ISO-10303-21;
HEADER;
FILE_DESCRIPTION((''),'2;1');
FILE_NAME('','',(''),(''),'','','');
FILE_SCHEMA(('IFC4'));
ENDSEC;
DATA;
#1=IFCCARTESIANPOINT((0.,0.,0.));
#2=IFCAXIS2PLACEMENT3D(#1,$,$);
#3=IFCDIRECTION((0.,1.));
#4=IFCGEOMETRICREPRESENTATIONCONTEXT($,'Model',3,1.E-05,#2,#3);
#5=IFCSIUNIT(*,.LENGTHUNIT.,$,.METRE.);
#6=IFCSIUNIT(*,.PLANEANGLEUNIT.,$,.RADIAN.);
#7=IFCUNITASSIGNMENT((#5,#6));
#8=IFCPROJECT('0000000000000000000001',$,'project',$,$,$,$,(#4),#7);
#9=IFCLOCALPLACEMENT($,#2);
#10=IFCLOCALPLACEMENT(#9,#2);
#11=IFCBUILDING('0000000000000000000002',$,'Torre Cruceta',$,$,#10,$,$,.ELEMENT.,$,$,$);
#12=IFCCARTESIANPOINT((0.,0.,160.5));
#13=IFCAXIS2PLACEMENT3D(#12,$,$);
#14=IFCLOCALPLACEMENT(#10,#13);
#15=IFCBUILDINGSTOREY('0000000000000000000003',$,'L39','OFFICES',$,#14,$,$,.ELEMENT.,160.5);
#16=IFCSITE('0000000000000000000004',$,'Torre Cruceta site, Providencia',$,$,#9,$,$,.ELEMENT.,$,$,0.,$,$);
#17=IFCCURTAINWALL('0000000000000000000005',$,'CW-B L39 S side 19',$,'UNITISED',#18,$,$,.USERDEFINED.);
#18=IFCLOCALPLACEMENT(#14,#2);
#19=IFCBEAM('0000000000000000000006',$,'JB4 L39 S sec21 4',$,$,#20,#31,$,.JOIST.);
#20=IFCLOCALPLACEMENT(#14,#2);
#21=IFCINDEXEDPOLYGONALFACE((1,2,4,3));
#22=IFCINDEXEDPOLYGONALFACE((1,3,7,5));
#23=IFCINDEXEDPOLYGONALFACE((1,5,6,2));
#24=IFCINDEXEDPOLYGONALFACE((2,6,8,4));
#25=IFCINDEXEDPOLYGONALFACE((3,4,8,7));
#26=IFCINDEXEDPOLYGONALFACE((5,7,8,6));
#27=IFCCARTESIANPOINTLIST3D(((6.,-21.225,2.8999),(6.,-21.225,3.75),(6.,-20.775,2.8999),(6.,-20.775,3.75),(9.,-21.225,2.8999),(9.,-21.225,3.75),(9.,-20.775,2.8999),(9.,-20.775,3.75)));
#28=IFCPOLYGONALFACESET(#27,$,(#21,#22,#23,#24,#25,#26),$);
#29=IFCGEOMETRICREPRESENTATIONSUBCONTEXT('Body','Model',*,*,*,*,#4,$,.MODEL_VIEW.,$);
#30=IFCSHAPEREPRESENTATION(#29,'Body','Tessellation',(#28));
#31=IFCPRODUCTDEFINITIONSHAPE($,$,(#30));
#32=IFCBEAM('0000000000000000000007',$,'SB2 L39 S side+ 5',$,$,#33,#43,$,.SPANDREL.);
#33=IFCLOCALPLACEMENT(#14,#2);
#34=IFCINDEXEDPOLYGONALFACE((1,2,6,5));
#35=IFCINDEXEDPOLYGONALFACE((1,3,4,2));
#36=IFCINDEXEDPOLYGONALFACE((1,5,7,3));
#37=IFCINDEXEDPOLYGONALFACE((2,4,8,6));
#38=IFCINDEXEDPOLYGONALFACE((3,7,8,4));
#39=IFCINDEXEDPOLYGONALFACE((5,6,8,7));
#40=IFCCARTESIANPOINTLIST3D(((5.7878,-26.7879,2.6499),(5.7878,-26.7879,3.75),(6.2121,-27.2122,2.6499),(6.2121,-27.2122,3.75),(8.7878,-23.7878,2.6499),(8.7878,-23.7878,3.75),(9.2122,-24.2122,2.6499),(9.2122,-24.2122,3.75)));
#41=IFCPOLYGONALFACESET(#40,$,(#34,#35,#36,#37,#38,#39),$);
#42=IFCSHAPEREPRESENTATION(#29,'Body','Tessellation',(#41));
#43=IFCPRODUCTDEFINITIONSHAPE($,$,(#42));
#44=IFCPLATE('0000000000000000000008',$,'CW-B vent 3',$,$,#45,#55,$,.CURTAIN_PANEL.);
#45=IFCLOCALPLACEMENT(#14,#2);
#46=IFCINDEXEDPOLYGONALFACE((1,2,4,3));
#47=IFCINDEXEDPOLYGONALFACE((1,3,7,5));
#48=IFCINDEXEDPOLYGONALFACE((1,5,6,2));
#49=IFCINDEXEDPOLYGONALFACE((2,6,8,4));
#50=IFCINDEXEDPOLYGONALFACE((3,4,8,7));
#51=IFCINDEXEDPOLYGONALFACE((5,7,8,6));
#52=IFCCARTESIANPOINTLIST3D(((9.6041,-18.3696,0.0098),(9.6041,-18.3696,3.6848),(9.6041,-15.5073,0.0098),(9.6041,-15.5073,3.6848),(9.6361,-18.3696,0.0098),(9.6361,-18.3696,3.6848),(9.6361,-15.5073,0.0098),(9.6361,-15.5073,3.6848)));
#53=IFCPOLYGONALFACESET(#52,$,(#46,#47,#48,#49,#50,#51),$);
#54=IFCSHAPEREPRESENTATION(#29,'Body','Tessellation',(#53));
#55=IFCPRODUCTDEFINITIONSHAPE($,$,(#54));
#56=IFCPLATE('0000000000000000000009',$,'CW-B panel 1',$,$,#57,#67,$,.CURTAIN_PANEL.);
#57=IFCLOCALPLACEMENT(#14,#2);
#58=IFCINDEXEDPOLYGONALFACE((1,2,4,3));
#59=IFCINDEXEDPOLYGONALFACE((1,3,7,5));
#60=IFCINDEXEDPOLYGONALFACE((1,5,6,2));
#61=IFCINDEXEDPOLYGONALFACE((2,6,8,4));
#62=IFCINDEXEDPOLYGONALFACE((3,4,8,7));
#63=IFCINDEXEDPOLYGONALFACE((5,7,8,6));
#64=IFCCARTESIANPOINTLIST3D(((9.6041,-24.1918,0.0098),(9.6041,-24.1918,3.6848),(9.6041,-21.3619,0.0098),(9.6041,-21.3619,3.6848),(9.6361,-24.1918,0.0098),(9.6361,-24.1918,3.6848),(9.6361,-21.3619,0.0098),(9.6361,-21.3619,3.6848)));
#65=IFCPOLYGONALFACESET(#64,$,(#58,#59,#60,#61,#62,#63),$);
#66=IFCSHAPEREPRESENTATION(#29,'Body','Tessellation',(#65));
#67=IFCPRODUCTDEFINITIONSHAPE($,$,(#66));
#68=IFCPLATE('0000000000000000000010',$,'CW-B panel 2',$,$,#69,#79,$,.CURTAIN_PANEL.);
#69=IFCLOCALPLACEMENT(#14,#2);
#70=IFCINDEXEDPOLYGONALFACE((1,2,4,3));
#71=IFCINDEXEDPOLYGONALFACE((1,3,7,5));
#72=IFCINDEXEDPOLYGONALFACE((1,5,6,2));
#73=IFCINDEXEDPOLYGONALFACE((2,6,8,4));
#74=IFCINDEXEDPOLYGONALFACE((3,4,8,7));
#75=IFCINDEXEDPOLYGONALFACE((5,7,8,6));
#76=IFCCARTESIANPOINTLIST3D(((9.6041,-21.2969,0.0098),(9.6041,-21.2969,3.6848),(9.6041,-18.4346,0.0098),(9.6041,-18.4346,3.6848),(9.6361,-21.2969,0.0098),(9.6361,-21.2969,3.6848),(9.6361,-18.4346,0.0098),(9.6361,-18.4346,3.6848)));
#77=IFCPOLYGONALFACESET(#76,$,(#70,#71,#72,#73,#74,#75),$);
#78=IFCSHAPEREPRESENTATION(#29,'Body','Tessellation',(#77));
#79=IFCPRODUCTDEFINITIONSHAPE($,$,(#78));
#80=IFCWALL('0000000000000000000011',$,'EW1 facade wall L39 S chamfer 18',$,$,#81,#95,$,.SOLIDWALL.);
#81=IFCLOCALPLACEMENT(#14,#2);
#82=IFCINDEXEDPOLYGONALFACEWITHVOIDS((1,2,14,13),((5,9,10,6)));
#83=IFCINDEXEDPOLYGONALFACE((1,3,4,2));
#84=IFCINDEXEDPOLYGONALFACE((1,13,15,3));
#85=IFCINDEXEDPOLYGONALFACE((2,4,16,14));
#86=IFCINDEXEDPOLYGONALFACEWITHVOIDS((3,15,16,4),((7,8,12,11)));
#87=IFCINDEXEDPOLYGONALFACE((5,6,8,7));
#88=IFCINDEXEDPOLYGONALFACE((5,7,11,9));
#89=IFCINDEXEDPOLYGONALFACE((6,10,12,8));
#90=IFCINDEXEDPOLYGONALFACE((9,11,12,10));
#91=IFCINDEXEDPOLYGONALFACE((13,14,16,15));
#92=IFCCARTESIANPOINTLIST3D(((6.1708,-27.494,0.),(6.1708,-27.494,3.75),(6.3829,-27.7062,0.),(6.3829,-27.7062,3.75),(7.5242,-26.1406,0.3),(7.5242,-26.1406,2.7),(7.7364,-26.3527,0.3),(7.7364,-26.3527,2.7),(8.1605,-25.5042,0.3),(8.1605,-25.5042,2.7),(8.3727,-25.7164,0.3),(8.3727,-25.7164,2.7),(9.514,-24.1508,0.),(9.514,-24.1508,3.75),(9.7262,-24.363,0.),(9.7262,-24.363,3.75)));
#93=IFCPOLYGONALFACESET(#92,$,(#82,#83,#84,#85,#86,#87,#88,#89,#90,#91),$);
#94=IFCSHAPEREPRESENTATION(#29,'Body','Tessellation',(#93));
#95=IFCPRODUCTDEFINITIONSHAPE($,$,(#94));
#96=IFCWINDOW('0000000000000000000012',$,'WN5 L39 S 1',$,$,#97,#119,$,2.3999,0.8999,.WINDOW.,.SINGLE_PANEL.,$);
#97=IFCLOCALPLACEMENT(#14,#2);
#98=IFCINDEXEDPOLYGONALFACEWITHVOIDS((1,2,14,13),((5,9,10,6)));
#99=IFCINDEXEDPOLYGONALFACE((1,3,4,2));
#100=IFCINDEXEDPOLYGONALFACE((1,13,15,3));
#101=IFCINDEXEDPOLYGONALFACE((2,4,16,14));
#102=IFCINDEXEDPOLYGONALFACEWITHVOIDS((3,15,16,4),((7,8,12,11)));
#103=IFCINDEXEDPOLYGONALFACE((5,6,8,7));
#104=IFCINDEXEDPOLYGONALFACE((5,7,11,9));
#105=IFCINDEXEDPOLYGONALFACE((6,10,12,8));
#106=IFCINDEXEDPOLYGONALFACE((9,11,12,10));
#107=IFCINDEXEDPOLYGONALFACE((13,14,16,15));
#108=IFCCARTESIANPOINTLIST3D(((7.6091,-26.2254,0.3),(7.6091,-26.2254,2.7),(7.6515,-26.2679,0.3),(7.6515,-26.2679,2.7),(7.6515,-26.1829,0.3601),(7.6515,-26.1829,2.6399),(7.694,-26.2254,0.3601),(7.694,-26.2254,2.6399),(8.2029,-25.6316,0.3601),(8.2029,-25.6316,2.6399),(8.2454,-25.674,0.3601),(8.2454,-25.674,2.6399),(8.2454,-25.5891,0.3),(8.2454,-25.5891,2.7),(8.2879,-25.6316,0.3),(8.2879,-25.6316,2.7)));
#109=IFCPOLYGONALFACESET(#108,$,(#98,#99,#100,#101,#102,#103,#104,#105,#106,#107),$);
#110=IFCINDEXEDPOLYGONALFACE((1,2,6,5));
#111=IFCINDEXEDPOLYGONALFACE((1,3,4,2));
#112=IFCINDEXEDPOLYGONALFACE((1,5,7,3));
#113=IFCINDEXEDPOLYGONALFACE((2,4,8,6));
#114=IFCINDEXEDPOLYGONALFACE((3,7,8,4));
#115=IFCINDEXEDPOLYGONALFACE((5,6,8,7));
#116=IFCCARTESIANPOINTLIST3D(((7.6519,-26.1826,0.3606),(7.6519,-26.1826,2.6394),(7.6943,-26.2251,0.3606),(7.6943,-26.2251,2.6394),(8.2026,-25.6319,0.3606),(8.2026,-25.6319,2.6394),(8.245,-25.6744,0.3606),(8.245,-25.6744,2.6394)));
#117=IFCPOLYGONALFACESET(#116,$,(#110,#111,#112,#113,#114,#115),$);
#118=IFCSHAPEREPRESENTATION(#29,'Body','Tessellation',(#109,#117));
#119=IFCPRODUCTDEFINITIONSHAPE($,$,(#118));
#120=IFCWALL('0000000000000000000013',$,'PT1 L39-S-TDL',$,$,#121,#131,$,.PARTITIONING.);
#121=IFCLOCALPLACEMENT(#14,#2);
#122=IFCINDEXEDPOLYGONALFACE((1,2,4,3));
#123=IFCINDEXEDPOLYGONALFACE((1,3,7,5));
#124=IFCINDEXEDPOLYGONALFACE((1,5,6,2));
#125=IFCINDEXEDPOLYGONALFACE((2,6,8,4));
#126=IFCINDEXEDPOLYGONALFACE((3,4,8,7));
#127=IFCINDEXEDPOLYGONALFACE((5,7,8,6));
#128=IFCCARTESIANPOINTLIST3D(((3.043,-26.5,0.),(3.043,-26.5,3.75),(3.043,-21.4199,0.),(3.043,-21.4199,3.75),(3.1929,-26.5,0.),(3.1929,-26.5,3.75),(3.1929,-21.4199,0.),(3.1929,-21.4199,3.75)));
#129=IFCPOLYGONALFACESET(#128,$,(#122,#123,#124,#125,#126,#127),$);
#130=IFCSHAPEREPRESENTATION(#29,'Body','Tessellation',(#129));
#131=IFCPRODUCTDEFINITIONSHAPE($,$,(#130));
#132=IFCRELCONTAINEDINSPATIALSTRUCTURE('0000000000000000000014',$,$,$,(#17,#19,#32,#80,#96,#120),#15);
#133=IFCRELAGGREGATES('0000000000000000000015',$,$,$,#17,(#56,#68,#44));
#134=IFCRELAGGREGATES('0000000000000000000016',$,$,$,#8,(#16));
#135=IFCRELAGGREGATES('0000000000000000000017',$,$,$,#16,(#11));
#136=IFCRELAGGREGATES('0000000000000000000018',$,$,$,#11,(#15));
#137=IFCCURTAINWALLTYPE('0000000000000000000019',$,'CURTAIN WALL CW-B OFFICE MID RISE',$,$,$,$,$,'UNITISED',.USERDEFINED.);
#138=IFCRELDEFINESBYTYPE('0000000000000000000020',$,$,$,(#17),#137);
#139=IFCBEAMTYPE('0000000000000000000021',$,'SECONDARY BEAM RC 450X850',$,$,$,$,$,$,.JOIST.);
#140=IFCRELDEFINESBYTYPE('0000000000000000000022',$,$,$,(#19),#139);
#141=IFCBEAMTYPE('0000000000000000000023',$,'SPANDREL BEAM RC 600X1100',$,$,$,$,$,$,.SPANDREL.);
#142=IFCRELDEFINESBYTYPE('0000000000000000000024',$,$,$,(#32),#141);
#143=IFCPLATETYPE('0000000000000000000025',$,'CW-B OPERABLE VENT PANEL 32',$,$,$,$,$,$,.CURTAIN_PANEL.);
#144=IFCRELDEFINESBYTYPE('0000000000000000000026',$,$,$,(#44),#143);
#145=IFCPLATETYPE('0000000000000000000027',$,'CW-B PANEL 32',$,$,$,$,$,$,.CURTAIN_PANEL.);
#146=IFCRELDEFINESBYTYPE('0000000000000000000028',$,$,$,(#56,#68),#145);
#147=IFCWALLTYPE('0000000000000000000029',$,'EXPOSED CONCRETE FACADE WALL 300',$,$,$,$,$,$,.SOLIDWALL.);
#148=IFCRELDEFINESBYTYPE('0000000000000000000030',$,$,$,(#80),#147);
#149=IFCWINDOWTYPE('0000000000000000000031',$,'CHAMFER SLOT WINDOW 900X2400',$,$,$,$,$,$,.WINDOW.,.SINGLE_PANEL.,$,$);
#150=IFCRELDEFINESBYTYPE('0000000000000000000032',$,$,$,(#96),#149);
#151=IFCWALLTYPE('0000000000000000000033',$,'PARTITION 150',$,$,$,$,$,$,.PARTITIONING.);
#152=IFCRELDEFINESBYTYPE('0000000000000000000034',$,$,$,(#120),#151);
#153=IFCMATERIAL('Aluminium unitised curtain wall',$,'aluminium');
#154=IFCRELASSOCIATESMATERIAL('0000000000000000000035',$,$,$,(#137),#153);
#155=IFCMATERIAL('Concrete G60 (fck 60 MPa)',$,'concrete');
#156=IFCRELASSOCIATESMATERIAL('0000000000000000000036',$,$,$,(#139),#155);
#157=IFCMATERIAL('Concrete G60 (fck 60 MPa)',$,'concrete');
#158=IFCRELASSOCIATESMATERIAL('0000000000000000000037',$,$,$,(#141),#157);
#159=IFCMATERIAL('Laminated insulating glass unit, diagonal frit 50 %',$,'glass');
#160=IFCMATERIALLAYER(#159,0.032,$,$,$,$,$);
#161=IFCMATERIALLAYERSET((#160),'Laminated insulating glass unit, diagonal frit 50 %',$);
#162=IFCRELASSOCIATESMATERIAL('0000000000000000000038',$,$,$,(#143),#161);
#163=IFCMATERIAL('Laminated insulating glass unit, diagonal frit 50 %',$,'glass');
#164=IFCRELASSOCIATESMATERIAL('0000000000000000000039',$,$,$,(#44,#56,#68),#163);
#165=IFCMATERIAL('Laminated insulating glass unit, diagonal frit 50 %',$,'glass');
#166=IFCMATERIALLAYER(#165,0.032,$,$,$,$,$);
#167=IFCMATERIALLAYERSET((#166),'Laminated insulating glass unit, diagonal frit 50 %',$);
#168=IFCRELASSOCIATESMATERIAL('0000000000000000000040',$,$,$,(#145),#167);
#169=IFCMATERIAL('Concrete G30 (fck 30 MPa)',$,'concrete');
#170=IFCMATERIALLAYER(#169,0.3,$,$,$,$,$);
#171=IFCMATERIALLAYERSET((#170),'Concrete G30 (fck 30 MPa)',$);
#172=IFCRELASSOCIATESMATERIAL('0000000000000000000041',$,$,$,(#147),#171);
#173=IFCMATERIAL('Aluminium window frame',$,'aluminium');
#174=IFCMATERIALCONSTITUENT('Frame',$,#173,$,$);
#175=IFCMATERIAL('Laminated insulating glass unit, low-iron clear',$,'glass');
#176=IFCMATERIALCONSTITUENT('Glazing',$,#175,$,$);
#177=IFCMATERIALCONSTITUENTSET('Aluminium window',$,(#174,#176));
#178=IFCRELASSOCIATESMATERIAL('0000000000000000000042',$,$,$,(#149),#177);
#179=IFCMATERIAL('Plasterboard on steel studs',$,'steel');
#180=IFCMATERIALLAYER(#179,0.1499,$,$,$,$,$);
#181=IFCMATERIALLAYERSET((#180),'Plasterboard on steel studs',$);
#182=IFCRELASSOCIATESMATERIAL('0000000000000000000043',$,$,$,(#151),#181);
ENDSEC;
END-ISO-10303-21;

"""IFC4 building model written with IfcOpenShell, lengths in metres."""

from ifc_helpers import new_model, si_unit, direction, frame, frame_2d, origin, origin_2d, place, context, subcontext, project, spatial, rectangle, hollow_rectangle, extrude, material, layer, layer_set, constituent, constituent_set, material_profile, profile_set, type_object, element, fill, aggregate, save


model = new_model("IFC4")

# Units and contexts
model_context = context("Model", 3, precision=1e-05, world=origin(), true_north=direction((0.0, 1.0)))
body_context = subcontext(model_context, "Body", "Model", "MODEL_VIEW")
ifc_project = project(units=[si_unit("LENGTHUNIT", "METRE"), si_unit("PLANEANGLEUNIT", "RADIAN")], contexts=[model_context])

# Site, building, storey
site_placement = place(None, origin())
site = spatial("IfcSite", under=ifc_project, at=site_placement, Name="Torre Cruceta site, Providencia", CompositionType="ELEMENT", RefElevation=0.0)
building_placement = place(site_placement, origin())
building = spatial("IfcBuilding", under=site, at=building_placement, Name="Torre Cruceta", CompositionType="ELEMENT")
storey_placement = place(building_placement, frame((0.0, 0.0, 160.5)))
storey = spatial("IfcBuildingStorey", under=building, at=storey_placement, Name="L39", Description="OFFICES", CompositionType="ELEMENT", Elevation=160.5)

# Curtain wall
ifc_material_1 = material(Name="Aluminium unitised curtain wall", Category="aluminium")
curtain_wall_type = type_object("IfcCurtainWallType", Name="CURTAIN WALL CW-B OFFICE MID RISE", ElementType="UNITISED", PredefinedType="USERDEFINED", material=ifc_material_1)
curtain_wall_placement = place(storey_placement, origin())
curtain_wall = element("IfcCurtainWall", 1, at=curtain_wall_placement, inside=storey, type_object=curtain_wall_type, Name="CW-B L39 S side 19", ObjectType="UNITISED", PredefinedType="USERDEFINED")

# Beams
ifc_material_2 = material(Name="Concrete G60 (fck 60 MPa)", Category="concrete")
ifc_material_profile_1 = material_profile(ifc_material_2, rectangle(XDim=0.45, YDim=0.8501, at=origin_2d()), Name="RC 450X850")
ifc_profile_set_1 = profile_set([ifc_material_profile_1], Name="Concrete G60 (fck 60 MPa)")
beam_type_1 = type_object("IfcBeamType", Name="SECONDARY BEAM RC 450X850", PredefinedType="JOIST", material=ifc_profile_set_1)
beam_1_placement = place(storey_placement, frame((6.0, -21.0, 3.325), z_axis=(1.0, 0.0, 0.0), x_axis=(0.0, 1.0, 0.0)))
element("IfcBeam", 2, at=beam_1_placement, inside=storey, type_object=beam_type_1, Name="JB4 L39 S sec21 4", PredefinedType="JOIST", context=body_context, shape_type="SweptSolid", body=[
    extrude(rectangle(XDim=0.45, YDim=0.8501, at=origin_2d()), origin(), (0.0, 0.0, 1.0), 3.0),
])
ifc_material_3 = material(Name="Concrete G60 (fck 60 MPa)", Category="concrete")
ifc_material_profile_2 = material_profile(ifc_material_3, rectangle(XDim=0.6001, YDim=1.1001, at=origin_2d()), Name="RC 600X1100")
ifc_profile_set_2 = profile_set([ifc_material_profile_2], Name="Concrete G60 (fck 60 MPa)")
beam_type_2 = type_object("IfcBeamType", Name="SPANDREL BEAM RC 600X1100", PredefinedType="SPANDREL", material=ifc_profile_set_2)
beam_2_placement = place(storey_placement, frame((9.0, -24.0, 3.2), z_axis=(-0.707107, -0.707107, 0.0), x_axis=(0.707107, -0.707107, 0.0)))
element("IfcBeam", 3, at=beam_2_placement, inside=storey, type_object=beam_type_2, Name="SB2 L39 S side+ 5", PredefinedType="SPANDREL", context=body_context, shape_type="SweptSolid", body=[
    extrude(rectangle(XDim=0.6001, YDim=1.1001, at=origin_2d()), origin(), (0.0, 0.0, 1.0), 4.2427),
])

# Plates
ifc_material_4 = material(Name="Laminated insulating glass unit, diagonal frit 50 %", Category="glass")
ifc_material_5 = material(Name="Laminated insulating glass unit, diagonal frit 50 %", Category="glass")
ifc_layer_1 = layer(ifc_material_5, 0.032)
ifc_layer_set_1 = layer_set([ifc_layer_1], Name="Laminated insulating glass unit, diagonal frit 50 %")
plate_type_1 = type_object("IfcPlateType", Name="CW-B OPERABLE VENT PANEL 32", PredefinedType="CURTAIN_PANEL", material=ifc_layer_set_1)
plate_1_placement = place(storey_placement, frame((9.6201, -16.9385, 0.0098), z_axis=(0.0, 0.0, 1.0), x_axis=(0.0, 1.0, 0.0)))
plate_1 = element("IfcPlate", 4, at=plate_1_placement, type_object=plate_type_1, material=ifc_material_4, Name="CW-B vent 3", PredefinedType="CURTAIN_PANEL", context=body_context, shape_type="SweptSolid", body=[
    extrude(rectangle(XDim=2.8623, YDim=0.032, at=origin_2d()), origin(), (0.0, 0.0, 1.0), 3.675),
])
ifc_material_6 = material(Name="Laminated insulating glass unit, diagonal frit 50 %", Category="glass")
ifc_layer_2 = layer(ifc_material_6, 0.032)
ifc_layer_set_2 = layer_set([ifc_layer_2], Name="Laminated insulating glass unit, diagonal frit 50 %")
plate_type_2 = type_object("IfcPlateType", Name="CW-B PANEL 32", PredefinedType="CURTAIN_PANEL", material=ifc_layer_set_2)
plate_2_placement = place(storey_placement, frame((9.6201, -22.7769, 0.0098), z_axis=(0.0, 0.0, 1.0), x_axis=(0.0, 1.0, 0.0)))
plate_2 = element("IfcPlate", 5, at=plate_2_placement, type_object=plate_type_2, material=ifc_material_4, Name="CW-B panel 1", PredefinedType="CURTAIN_PANEL", context=body_context, shape_type="SweptSolid", body=[
    extrude(rectangle(XDim=2.8298, YDim=0.032, at=origin_2d()), origin(), (0.0, 0.0, 1.0), 3.675),
])
plate_3_placement = place(storey_placement, frame((9.6201, -19.8657, 0.0098), z_axis=(0.0, 0.0, 1.0), x_axis=(0.0, 1.0, 0.0)))
plate_3 = element("IfcPlate", 6, at=plate_3_placement, type_object=plate_type_2, material=ifc_material_4, Name="CW-B panel 2", PredefinedType="CURTAIN_PANEL", context=body_context, shape_type="SweptSolid", body=[
    extrude(rectangle(XDim=2.8623, YDim=0.032, at=origin_2d()), origin(), (0.0, 0.0, 1.0), 3.675),
])
aggregate(curtain_wall, [plate_2, plate_3, plate_1])

# Wall, opening, window
ifc_material_7 = material(Name="Concrete G30 (fck 30 MPa)", Category="concrete")
ifc_layer_3 = layer(ifc_material_7, 0.3)
ifc_layer_set_3 = layer_set([ifc_layer_3], Name="Concrete G30 (fck 30 MPa)")
wall_type_1 = type_object("IfcWallType", Name="EXPOSED CONCRETE FACADE WALL 300", PredefinedType="SOLIDWALL", material=ifc_layer_set_3)
wall_1_placement = place(storey_placement, frame((6.2769, -27.6001, 0.0), z_axis=(0.0, 0.0, 1.0), x_axis=(0.707107, 0.707107, 0.0)))
wall_1 = element("IfcWall", 7, at=wall_1_placement, inside=storey, type_object=wall_type_1, Name="EW1 facade wall L39 S chamfer 18", PredefinedType="SOLIDWALL", context=body_context, shape_type="SweptSolid", body=[
    extrude(rectangle(XDim=4.728, YDim=0.3, at=frame_2d((2.364, 0.0))), origin(), (0.0, 0.0, 1.0), 3.75),
])
opening_1_placement = place(wall_1_placement, frame((1.9141, 0.0, 0.3)))
opening_1 = element("IfcOpeningElement", 8, at=opening_1_placement, cuts=wall_1, PredefinedType="OPENING", context=body_context, shape_type="SweptSolid", body=[
    extrude(rectangle(XDim=0.8999, YDim=2.3999, at=frame_2d((0.45, 1.2))), frame((0.0, 0.1599, 0.0), z_axis=(0.0, -1.0, 0.0), x_axis=(1.0, 0.0, 0.0)), (0.0, 0.0, 1.0), 0.3201),
])
ifc_material_8 = material(Name="Aluminium window frame", Category="aluminium")
ifc_constituent_1 = constituent(ifc_material_8, Name="Frame")
ifc_material_9 = material(Name="Laminated insulating glass unit, low-iron clear", Category="glass")
ifc_constituent_2 = constituent(ifc_material_9, Name="Glazing")
ifc_constituent_set_1 = constituent_set(constituents=[ifc_constituent_1, ifc_constituent_2], Name="Aluminium window")
window_type = type_object("IfcWindowType", Name="CHAMFER SLOT WINDOW 900X2400", PartitioningType="SINGLE_PANEL", PredefinedType="WINDOW", material=ifc_constituent_set_1)
window_placement = place(opening_1_placement, origin())
window = element("IfcWindow", 9, at=window_placement, inside=storey, type_object=window_type, Name="WN5 L39 S 1", OverallHeight=2.3999, OverallWidth=0.8999, PartitioningType="SINGLE_PANEL", PredefinedType="WINDOW", context=body_context, shape_type="SweptSolid", body=[
    extrude(hollow_rectangle(XDim=0.8999, YDim=2.3999, WallThickness=0.0601, at=frame_2d((0.45, 1.2))), frame((0.0, 0.03, 0.0), z_axis=(0.0, -1.0, 0.0), x_axis=(1.0, 0.0, 0.0)), (0.0, 0.0, 1.0), 0.0601),
    extrude(rectangle(XDim=0.7788, YDim=2.2788, at=frame_2d((0.45, 1.2))), frame((0.0, 0.03, 0.0), z_axis=(0.0, -1.0, 0.0), x_axis=(1.0, 0.0, 0.0)), (0.0, 0.0, 1.0), 0.0601),
])
fill(opening_1, window)

# Wall
ifc_material_10 = material(Name="Plasterboard on steel studs", Category="steel")
ifc_layer_4 = layer(ifc_material_10, 0.1499)
ifc_layer_set_4 = layer_set([ifc_layer_4], Name="Plasterboard on steel studs")
wall_type_2 = type_object("IfcWallType", Name="PARTITION 150", PredefinedType="PARTITIONING", material=ifc_layer_set_4)
wall_2_placement = place(storey_placement, frame((3.1179, -21.4199, 0.0), z_axis=(0.0, 0.0, 1.0), x_axis=(0.0, -1.0, 0.0)))
element("IfcWall", 10, at=wall_2_placement, inside=storey, type_object=wall_type_2, Name="PT1 L39-S-TDL", PredefinedType="PARTITIONING", context=body_context, shape_type="SweptSolid", body=[
    extrude(rectangle(XDim=5.0801, YDim=0.1499, at=frame_2d((2.54, 0.0))), origin(), (0.0, 0.0, 1.0), 3.75),
])

save(model, "model.ifc")
